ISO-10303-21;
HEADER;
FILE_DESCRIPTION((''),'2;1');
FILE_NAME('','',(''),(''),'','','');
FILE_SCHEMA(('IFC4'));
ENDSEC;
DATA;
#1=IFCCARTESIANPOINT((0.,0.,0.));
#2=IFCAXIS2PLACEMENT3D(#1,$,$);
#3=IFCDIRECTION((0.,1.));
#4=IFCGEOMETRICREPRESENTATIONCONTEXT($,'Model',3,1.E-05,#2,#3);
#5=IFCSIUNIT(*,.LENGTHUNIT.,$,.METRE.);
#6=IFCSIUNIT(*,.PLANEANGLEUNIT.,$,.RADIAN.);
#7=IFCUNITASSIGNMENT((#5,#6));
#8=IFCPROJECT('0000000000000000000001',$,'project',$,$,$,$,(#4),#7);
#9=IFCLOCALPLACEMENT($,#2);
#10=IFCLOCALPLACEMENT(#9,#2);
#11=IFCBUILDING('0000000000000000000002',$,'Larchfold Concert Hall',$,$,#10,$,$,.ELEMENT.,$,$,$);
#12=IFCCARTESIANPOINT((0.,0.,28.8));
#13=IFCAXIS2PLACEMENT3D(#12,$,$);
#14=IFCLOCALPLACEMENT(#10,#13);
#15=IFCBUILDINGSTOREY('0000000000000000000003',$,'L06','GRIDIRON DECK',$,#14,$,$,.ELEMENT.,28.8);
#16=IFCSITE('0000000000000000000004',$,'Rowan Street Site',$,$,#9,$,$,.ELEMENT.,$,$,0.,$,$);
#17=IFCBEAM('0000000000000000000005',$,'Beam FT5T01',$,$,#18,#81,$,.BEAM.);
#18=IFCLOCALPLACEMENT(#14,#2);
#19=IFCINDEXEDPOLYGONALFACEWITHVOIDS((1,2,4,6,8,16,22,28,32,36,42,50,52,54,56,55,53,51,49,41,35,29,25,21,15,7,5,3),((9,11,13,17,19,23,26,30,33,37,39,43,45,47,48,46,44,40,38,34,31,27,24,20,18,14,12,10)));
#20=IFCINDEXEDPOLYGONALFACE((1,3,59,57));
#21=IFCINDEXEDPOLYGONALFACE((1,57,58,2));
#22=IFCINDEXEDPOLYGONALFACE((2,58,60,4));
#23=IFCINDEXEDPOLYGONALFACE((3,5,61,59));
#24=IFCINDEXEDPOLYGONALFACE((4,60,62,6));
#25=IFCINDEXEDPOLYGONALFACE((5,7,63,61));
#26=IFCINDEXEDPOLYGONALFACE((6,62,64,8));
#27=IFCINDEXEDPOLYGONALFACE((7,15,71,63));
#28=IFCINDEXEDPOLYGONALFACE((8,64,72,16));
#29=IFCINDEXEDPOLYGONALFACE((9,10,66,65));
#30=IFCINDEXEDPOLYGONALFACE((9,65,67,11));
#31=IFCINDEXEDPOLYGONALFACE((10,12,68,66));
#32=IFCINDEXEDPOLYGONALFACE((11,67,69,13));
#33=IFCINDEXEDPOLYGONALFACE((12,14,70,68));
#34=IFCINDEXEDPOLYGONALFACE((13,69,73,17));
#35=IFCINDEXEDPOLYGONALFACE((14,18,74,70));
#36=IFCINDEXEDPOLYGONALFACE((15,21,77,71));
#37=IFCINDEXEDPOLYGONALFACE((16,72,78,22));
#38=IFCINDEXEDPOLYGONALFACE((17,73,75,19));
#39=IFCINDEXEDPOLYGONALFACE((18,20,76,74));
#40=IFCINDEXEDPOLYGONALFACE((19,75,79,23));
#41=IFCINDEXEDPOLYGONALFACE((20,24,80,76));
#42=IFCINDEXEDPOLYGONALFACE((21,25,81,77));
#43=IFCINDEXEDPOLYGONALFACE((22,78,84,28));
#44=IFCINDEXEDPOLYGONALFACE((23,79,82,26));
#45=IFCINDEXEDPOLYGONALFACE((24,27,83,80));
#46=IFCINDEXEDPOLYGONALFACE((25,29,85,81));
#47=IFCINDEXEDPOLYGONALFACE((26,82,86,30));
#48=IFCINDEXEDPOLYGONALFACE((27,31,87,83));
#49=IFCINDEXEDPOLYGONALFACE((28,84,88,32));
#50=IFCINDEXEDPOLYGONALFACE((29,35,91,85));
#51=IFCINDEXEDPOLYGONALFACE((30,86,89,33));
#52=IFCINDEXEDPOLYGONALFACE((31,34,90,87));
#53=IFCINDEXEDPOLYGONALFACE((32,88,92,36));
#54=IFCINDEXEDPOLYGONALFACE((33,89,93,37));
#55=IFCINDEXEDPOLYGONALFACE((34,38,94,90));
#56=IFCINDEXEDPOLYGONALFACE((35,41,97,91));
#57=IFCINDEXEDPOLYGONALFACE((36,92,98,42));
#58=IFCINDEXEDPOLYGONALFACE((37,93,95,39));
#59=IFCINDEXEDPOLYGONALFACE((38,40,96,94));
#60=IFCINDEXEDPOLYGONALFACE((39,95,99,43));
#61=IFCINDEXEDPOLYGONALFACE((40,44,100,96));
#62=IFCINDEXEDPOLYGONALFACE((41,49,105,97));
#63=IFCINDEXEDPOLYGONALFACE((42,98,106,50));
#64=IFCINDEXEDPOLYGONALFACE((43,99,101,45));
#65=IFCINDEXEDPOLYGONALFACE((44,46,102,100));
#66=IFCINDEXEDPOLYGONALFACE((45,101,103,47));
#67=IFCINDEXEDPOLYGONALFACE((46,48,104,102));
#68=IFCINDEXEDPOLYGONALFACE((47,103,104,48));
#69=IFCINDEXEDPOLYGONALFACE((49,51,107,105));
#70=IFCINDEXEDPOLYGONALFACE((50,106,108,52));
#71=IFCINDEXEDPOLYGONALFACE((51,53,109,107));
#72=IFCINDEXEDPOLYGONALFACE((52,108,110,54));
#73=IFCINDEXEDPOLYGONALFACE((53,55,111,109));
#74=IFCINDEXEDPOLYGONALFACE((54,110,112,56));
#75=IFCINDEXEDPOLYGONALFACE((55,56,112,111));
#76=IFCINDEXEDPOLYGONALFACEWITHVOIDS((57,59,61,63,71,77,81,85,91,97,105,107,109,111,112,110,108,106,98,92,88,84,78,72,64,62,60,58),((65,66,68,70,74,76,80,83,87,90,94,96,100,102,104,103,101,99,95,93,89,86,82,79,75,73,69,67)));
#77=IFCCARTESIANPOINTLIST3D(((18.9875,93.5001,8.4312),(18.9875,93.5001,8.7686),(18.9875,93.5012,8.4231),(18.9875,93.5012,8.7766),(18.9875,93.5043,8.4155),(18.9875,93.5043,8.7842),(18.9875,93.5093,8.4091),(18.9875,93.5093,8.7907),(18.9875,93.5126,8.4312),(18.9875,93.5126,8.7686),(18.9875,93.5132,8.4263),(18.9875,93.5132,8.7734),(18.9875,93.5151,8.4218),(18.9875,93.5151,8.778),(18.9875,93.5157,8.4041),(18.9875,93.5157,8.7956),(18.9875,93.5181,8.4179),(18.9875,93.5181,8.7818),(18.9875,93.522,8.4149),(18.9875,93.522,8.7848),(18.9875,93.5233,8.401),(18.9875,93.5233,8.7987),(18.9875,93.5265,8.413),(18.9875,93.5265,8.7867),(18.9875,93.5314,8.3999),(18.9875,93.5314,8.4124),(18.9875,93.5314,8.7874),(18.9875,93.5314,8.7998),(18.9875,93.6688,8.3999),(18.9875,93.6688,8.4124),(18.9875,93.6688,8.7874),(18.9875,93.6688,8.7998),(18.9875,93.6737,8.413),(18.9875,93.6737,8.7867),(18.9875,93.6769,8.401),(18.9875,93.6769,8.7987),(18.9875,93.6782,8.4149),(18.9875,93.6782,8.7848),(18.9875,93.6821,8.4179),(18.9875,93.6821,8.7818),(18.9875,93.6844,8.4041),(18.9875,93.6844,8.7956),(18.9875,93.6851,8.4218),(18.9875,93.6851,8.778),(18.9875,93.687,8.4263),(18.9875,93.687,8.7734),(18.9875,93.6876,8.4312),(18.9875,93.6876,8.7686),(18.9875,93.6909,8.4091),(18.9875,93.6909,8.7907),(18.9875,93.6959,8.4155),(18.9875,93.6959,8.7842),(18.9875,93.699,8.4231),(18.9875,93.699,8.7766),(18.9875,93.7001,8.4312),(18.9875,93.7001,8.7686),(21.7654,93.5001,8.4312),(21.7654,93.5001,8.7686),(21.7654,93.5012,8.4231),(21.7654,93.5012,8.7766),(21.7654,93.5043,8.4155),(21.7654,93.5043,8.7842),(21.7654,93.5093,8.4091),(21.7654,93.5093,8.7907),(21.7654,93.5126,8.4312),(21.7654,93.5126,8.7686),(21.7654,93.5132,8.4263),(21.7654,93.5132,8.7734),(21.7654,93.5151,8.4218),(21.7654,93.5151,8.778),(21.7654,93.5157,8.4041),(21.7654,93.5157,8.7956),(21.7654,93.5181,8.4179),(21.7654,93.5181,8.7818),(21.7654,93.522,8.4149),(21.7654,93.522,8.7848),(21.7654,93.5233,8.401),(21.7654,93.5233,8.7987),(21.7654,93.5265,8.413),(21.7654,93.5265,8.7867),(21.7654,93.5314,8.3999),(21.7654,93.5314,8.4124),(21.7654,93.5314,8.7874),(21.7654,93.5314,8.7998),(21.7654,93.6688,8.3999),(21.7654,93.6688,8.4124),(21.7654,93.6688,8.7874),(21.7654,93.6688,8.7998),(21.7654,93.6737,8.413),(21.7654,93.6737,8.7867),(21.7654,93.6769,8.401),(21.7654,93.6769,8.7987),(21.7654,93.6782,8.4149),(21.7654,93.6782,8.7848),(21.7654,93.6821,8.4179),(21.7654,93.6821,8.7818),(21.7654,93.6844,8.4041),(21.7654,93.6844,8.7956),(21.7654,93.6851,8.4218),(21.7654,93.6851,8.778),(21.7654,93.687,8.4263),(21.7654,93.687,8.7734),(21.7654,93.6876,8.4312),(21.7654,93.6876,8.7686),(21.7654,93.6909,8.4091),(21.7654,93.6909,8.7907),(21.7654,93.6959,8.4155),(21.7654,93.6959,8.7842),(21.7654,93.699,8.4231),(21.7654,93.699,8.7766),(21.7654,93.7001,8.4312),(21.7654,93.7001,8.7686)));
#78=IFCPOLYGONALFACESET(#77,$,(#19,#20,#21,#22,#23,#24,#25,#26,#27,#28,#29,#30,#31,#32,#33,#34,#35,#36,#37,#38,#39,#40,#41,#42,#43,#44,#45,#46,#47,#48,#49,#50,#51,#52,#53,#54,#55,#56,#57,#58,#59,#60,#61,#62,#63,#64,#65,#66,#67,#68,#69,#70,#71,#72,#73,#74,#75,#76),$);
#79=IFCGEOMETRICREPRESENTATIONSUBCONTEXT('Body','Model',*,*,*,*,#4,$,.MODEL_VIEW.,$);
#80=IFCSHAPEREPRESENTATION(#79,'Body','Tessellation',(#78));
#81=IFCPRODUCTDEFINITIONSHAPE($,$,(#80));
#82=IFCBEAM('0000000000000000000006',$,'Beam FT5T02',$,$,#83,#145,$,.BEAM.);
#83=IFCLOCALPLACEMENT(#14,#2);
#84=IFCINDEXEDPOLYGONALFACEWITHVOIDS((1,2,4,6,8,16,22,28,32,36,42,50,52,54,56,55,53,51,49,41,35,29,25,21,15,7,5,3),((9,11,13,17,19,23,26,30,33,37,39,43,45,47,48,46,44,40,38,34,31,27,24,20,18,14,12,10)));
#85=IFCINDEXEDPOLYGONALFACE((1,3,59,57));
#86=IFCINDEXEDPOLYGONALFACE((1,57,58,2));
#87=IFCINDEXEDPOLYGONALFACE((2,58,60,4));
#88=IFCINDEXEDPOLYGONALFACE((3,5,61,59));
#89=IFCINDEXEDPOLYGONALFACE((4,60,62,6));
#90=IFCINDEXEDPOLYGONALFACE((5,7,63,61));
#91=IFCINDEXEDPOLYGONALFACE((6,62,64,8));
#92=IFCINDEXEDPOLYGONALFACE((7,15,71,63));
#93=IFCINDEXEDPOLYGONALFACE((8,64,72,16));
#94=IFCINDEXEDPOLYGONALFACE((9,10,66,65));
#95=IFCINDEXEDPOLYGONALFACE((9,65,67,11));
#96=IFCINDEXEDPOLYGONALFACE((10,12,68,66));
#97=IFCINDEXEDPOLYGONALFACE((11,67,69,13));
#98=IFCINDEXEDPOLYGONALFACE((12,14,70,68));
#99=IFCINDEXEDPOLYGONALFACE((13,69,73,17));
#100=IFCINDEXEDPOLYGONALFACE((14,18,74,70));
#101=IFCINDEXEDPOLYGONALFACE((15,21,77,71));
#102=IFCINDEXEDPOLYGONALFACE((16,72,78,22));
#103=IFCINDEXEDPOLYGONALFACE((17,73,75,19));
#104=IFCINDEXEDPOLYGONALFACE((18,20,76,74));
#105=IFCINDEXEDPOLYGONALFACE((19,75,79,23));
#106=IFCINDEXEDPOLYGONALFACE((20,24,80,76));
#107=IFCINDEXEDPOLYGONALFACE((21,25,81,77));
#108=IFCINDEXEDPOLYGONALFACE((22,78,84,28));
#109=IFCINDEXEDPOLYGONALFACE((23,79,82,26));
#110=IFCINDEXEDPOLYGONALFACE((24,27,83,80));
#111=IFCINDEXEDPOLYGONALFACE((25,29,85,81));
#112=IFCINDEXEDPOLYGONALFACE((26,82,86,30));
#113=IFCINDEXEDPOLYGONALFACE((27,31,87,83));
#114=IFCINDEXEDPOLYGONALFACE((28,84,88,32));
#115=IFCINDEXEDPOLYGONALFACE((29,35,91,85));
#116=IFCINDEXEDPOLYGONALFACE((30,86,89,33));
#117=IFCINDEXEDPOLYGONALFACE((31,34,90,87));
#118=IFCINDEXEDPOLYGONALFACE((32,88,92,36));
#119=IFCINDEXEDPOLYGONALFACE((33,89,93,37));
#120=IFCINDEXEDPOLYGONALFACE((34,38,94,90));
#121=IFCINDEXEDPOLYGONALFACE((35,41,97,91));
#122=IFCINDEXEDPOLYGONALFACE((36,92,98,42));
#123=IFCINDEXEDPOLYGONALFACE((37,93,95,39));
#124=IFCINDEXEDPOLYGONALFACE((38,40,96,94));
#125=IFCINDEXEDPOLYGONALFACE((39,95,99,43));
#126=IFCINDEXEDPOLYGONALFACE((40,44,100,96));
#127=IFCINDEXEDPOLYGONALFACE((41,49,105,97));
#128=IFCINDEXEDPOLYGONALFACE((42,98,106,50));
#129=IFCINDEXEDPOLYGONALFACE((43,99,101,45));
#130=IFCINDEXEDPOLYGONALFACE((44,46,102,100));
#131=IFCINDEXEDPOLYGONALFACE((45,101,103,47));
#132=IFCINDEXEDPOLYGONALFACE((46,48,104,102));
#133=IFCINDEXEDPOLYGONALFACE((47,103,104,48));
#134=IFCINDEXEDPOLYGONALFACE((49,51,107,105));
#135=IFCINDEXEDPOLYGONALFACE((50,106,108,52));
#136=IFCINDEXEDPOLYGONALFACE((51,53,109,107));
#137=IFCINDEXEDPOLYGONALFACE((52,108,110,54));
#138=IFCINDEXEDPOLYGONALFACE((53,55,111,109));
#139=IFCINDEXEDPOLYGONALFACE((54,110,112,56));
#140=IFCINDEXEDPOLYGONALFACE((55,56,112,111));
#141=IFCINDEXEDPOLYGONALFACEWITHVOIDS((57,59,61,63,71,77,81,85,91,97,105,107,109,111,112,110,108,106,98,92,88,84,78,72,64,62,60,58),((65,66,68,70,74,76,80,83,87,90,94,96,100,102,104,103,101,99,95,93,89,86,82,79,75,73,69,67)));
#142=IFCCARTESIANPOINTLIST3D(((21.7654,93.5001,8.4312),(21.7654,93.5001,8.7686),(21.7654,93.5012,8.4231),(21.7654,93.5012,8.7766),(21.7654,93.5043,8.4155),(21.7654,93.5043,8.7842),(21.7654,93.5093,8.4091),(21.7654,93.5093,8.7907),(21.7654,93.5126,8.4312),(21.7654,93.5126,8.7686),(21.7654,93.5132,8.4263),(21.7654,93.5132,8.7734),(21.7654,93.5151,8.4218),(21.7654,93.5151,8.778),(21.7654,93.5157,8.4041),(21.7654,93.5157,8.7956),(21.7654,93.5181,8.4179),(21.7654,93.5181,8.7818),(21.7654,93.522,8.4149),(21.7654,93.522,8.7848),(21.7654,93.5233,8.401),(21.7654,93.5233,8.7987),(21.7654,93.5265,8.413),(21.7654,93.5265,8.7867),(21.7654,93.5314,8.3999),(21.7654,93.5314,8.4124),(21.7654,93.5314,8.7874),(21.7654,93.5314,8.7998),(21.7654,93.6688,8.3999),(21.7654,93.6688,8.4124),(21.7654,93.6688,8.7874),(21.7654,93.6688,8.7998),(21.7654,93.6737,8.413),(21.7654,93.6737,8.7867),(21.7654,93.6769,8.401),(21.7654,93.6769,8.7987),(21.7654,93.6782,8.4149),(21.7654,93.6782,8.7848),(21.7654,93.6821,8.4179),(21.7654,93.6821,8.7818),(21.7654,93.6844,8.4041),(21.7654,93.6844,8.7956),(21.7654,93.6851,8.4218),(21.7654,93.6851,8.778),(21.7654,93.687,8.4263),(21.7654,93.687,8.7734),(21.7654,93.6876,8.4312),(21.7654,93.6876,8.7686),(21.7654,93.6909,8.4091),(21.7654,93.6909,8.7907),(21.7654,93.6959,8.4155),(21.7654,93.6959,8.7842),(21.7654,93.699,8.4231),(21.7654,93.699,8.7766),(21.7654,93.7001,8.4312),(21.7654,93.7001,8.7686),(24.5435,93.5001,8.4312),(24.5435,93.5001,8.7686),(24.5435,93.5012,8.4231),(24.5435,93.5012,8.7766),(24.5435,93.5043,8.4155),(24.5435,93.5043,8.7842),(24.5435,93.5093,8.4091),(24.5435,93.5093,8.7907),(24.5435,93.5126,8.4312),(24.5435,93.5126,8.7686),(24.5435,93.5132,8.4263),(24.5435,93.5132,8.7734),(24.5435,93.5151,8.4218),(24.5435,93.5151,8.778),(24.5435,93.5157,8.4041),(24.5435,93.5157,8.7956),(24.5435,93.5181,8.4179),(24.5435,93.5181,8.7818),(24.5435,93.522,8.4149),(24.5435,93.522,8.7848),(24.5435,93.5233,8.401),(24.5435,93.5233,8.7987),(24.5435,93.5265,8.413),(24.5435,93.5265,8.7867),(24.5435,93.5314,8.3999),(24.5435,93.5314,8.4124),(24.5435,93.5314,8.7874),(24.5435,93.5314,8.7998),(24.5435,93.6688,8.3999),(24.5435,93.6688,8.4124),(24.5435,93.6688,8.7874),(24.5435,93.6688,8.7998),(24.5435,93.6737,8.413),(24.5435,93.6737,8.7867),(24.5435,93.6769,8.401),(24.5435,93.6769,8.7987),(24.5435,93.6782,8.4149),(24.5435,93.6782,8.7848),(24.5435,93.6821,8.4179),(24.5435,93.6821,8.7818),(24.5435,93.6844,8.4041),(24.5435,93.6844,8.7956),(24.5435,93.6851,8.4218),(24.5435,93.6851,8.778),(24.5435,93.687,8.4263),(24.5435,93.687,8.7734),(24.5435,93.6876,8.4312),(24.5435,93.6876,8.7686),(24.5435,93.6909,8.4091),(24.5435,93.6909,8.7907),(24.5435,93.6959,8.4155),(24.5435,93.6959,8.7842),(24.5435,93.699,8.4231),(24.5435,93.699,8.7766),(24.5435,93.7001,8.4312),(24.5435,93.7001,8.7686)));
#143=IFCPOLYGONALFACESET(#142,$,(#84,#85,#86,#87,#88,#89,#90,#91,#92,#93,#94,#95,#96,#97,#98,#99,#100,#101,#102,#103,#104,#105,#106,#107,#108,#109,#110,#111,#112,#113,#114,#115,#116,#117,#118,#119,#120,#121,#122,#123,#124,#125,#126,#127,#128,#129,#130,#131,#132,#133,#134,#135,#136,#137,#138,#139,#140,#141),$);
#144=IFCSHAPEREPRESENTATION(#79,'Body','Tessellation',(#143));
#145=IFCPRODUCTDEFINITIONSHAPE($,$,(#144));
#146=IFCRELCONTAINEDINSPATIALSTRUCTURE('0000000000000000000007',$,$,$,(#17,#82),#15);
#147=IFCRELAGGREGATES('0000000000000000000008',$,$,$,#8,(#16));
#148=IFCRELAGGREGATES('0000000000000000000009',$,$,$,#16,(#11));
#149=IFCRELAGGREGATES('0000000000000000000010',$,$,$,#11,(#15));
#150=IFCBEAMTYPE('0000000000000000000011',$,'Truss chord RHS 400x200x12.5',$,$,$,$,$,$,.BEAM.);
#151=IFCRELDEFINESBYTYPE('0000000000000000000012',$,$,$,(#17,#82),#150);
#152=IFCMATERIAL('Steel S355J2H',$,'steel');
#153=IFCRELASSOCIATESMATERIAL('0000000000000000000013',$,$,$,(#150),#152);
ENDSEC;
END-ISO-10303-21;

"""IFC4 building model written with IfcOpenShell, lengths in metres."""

from ifc_helpers import new_model, si_unit, direction, frame, origin, origin_2d, place, context, subcontext, project, spatial, hollow_rectangle, extrude, material, material_profile, profile_set, type_object, element, save


model = new_model("IFC4")

# Units and contexts
model_context = context("Model", 3, precision=1e-05, world=origin(), true_north=direction((0.0, 1.0)))
body_context = subcontext(model_context, "Body", "Model", "MODEL_VIEW")
ifc_project = project(units=[si_unit("LENGTHUNIT", "METRE"), si_unit("PLANEANGLEUNIT", "RADIAN")], contexts=[model_context])

# Site, building, storey
site_placement = place(None, origin())
site = spatial("IfcSite", under=ifc_project, at=site_placement, Name="Rowan Street Site", CompositionType="ELEMENT", RefElevation=0.0)
building_placement = place(site_placement, origin())
building = spatial("IfcBuilding", under=site, at=building_placement, Name="Larchfold Concert Hall", CompositionType="ELEMENT")
storey_placement = place(building_placement, frame((0.0, 0.0, 28.8)))
storey = spatial("IfcBuildingStorey", under=building, at=storey_placement, Name="L06", Description="GRIDIRON DECK", CompositionType="ELEMENT", Elevation=28.8)

# Beams
ifc_material_1 = material(Name="Steel S355J2H", Category="steel")
ifc_material_profile_1 = material_profile(ifc_material_1, hollow_rectangle(XDim=0.2, YDim=0.3999, WallThickness=0.0125, InnerFilletRadius=0.0188, OuterFilletRadius=0.0312, at=origin_2d()))
ifc_profile_set_1 = profile_set([ifc_material_profile_1], Name="Steel S355J2H")
beam_type_1 = type_object("IfcBeamType", Name="Truss chord RHS 400x200x12.5", PredefinedType="BEAM", material=ifc_profile_set_1)
beam_1_placement = place(storey_placement, frame((18.9875, 93.6001, 8.5999), z_axis=(1.0, 0.0, 0.0), x_axis=(0.0, 1.0, 0.0)))
element("IfcBeam", 1, at=beam_1_placement, inside=storey, type_object=beam_type_1, Name="Beam FT5T01", PredefinedType="BEAM", context=body_context, shape_type="SweptSolid", body=[
    extrude(hollow_rectangle(XDim=0.2, YDim=0.3999, WallThickness=0.0125, InnerFilletRadius=0.0188, OuterFilletRadius=0.0312, at=origin_2d()), origin(), (0.0, 0.0, 1.0), 2.7778),
])
beam_2_placement = place(storey_placement, frame((21.7654, 93.6001, 8.5999), z_axis=(1.0, 0.0, 0.0), x_axis=(0.0, 1.0, 0.0)))
element("IfcBeam", 2, at=beam_2_placement, inside=storey, type_object=beam_type_1, Name="Beam FT5T02", PredefinedType="BEAM", context=body_context, shape_type="SweptSolid", body=[
    extrude(hollow_rectangle(XDim=0.2, YDim=0.3999, WallThickness=0.0125, InnerFilletRadius=0.0188, OuterFilletRadius=0.0312, at=origin_2d()), origin(), (0.0, 0.0, 1.0), 2.7781),
])

save(model, "model.ifc")
